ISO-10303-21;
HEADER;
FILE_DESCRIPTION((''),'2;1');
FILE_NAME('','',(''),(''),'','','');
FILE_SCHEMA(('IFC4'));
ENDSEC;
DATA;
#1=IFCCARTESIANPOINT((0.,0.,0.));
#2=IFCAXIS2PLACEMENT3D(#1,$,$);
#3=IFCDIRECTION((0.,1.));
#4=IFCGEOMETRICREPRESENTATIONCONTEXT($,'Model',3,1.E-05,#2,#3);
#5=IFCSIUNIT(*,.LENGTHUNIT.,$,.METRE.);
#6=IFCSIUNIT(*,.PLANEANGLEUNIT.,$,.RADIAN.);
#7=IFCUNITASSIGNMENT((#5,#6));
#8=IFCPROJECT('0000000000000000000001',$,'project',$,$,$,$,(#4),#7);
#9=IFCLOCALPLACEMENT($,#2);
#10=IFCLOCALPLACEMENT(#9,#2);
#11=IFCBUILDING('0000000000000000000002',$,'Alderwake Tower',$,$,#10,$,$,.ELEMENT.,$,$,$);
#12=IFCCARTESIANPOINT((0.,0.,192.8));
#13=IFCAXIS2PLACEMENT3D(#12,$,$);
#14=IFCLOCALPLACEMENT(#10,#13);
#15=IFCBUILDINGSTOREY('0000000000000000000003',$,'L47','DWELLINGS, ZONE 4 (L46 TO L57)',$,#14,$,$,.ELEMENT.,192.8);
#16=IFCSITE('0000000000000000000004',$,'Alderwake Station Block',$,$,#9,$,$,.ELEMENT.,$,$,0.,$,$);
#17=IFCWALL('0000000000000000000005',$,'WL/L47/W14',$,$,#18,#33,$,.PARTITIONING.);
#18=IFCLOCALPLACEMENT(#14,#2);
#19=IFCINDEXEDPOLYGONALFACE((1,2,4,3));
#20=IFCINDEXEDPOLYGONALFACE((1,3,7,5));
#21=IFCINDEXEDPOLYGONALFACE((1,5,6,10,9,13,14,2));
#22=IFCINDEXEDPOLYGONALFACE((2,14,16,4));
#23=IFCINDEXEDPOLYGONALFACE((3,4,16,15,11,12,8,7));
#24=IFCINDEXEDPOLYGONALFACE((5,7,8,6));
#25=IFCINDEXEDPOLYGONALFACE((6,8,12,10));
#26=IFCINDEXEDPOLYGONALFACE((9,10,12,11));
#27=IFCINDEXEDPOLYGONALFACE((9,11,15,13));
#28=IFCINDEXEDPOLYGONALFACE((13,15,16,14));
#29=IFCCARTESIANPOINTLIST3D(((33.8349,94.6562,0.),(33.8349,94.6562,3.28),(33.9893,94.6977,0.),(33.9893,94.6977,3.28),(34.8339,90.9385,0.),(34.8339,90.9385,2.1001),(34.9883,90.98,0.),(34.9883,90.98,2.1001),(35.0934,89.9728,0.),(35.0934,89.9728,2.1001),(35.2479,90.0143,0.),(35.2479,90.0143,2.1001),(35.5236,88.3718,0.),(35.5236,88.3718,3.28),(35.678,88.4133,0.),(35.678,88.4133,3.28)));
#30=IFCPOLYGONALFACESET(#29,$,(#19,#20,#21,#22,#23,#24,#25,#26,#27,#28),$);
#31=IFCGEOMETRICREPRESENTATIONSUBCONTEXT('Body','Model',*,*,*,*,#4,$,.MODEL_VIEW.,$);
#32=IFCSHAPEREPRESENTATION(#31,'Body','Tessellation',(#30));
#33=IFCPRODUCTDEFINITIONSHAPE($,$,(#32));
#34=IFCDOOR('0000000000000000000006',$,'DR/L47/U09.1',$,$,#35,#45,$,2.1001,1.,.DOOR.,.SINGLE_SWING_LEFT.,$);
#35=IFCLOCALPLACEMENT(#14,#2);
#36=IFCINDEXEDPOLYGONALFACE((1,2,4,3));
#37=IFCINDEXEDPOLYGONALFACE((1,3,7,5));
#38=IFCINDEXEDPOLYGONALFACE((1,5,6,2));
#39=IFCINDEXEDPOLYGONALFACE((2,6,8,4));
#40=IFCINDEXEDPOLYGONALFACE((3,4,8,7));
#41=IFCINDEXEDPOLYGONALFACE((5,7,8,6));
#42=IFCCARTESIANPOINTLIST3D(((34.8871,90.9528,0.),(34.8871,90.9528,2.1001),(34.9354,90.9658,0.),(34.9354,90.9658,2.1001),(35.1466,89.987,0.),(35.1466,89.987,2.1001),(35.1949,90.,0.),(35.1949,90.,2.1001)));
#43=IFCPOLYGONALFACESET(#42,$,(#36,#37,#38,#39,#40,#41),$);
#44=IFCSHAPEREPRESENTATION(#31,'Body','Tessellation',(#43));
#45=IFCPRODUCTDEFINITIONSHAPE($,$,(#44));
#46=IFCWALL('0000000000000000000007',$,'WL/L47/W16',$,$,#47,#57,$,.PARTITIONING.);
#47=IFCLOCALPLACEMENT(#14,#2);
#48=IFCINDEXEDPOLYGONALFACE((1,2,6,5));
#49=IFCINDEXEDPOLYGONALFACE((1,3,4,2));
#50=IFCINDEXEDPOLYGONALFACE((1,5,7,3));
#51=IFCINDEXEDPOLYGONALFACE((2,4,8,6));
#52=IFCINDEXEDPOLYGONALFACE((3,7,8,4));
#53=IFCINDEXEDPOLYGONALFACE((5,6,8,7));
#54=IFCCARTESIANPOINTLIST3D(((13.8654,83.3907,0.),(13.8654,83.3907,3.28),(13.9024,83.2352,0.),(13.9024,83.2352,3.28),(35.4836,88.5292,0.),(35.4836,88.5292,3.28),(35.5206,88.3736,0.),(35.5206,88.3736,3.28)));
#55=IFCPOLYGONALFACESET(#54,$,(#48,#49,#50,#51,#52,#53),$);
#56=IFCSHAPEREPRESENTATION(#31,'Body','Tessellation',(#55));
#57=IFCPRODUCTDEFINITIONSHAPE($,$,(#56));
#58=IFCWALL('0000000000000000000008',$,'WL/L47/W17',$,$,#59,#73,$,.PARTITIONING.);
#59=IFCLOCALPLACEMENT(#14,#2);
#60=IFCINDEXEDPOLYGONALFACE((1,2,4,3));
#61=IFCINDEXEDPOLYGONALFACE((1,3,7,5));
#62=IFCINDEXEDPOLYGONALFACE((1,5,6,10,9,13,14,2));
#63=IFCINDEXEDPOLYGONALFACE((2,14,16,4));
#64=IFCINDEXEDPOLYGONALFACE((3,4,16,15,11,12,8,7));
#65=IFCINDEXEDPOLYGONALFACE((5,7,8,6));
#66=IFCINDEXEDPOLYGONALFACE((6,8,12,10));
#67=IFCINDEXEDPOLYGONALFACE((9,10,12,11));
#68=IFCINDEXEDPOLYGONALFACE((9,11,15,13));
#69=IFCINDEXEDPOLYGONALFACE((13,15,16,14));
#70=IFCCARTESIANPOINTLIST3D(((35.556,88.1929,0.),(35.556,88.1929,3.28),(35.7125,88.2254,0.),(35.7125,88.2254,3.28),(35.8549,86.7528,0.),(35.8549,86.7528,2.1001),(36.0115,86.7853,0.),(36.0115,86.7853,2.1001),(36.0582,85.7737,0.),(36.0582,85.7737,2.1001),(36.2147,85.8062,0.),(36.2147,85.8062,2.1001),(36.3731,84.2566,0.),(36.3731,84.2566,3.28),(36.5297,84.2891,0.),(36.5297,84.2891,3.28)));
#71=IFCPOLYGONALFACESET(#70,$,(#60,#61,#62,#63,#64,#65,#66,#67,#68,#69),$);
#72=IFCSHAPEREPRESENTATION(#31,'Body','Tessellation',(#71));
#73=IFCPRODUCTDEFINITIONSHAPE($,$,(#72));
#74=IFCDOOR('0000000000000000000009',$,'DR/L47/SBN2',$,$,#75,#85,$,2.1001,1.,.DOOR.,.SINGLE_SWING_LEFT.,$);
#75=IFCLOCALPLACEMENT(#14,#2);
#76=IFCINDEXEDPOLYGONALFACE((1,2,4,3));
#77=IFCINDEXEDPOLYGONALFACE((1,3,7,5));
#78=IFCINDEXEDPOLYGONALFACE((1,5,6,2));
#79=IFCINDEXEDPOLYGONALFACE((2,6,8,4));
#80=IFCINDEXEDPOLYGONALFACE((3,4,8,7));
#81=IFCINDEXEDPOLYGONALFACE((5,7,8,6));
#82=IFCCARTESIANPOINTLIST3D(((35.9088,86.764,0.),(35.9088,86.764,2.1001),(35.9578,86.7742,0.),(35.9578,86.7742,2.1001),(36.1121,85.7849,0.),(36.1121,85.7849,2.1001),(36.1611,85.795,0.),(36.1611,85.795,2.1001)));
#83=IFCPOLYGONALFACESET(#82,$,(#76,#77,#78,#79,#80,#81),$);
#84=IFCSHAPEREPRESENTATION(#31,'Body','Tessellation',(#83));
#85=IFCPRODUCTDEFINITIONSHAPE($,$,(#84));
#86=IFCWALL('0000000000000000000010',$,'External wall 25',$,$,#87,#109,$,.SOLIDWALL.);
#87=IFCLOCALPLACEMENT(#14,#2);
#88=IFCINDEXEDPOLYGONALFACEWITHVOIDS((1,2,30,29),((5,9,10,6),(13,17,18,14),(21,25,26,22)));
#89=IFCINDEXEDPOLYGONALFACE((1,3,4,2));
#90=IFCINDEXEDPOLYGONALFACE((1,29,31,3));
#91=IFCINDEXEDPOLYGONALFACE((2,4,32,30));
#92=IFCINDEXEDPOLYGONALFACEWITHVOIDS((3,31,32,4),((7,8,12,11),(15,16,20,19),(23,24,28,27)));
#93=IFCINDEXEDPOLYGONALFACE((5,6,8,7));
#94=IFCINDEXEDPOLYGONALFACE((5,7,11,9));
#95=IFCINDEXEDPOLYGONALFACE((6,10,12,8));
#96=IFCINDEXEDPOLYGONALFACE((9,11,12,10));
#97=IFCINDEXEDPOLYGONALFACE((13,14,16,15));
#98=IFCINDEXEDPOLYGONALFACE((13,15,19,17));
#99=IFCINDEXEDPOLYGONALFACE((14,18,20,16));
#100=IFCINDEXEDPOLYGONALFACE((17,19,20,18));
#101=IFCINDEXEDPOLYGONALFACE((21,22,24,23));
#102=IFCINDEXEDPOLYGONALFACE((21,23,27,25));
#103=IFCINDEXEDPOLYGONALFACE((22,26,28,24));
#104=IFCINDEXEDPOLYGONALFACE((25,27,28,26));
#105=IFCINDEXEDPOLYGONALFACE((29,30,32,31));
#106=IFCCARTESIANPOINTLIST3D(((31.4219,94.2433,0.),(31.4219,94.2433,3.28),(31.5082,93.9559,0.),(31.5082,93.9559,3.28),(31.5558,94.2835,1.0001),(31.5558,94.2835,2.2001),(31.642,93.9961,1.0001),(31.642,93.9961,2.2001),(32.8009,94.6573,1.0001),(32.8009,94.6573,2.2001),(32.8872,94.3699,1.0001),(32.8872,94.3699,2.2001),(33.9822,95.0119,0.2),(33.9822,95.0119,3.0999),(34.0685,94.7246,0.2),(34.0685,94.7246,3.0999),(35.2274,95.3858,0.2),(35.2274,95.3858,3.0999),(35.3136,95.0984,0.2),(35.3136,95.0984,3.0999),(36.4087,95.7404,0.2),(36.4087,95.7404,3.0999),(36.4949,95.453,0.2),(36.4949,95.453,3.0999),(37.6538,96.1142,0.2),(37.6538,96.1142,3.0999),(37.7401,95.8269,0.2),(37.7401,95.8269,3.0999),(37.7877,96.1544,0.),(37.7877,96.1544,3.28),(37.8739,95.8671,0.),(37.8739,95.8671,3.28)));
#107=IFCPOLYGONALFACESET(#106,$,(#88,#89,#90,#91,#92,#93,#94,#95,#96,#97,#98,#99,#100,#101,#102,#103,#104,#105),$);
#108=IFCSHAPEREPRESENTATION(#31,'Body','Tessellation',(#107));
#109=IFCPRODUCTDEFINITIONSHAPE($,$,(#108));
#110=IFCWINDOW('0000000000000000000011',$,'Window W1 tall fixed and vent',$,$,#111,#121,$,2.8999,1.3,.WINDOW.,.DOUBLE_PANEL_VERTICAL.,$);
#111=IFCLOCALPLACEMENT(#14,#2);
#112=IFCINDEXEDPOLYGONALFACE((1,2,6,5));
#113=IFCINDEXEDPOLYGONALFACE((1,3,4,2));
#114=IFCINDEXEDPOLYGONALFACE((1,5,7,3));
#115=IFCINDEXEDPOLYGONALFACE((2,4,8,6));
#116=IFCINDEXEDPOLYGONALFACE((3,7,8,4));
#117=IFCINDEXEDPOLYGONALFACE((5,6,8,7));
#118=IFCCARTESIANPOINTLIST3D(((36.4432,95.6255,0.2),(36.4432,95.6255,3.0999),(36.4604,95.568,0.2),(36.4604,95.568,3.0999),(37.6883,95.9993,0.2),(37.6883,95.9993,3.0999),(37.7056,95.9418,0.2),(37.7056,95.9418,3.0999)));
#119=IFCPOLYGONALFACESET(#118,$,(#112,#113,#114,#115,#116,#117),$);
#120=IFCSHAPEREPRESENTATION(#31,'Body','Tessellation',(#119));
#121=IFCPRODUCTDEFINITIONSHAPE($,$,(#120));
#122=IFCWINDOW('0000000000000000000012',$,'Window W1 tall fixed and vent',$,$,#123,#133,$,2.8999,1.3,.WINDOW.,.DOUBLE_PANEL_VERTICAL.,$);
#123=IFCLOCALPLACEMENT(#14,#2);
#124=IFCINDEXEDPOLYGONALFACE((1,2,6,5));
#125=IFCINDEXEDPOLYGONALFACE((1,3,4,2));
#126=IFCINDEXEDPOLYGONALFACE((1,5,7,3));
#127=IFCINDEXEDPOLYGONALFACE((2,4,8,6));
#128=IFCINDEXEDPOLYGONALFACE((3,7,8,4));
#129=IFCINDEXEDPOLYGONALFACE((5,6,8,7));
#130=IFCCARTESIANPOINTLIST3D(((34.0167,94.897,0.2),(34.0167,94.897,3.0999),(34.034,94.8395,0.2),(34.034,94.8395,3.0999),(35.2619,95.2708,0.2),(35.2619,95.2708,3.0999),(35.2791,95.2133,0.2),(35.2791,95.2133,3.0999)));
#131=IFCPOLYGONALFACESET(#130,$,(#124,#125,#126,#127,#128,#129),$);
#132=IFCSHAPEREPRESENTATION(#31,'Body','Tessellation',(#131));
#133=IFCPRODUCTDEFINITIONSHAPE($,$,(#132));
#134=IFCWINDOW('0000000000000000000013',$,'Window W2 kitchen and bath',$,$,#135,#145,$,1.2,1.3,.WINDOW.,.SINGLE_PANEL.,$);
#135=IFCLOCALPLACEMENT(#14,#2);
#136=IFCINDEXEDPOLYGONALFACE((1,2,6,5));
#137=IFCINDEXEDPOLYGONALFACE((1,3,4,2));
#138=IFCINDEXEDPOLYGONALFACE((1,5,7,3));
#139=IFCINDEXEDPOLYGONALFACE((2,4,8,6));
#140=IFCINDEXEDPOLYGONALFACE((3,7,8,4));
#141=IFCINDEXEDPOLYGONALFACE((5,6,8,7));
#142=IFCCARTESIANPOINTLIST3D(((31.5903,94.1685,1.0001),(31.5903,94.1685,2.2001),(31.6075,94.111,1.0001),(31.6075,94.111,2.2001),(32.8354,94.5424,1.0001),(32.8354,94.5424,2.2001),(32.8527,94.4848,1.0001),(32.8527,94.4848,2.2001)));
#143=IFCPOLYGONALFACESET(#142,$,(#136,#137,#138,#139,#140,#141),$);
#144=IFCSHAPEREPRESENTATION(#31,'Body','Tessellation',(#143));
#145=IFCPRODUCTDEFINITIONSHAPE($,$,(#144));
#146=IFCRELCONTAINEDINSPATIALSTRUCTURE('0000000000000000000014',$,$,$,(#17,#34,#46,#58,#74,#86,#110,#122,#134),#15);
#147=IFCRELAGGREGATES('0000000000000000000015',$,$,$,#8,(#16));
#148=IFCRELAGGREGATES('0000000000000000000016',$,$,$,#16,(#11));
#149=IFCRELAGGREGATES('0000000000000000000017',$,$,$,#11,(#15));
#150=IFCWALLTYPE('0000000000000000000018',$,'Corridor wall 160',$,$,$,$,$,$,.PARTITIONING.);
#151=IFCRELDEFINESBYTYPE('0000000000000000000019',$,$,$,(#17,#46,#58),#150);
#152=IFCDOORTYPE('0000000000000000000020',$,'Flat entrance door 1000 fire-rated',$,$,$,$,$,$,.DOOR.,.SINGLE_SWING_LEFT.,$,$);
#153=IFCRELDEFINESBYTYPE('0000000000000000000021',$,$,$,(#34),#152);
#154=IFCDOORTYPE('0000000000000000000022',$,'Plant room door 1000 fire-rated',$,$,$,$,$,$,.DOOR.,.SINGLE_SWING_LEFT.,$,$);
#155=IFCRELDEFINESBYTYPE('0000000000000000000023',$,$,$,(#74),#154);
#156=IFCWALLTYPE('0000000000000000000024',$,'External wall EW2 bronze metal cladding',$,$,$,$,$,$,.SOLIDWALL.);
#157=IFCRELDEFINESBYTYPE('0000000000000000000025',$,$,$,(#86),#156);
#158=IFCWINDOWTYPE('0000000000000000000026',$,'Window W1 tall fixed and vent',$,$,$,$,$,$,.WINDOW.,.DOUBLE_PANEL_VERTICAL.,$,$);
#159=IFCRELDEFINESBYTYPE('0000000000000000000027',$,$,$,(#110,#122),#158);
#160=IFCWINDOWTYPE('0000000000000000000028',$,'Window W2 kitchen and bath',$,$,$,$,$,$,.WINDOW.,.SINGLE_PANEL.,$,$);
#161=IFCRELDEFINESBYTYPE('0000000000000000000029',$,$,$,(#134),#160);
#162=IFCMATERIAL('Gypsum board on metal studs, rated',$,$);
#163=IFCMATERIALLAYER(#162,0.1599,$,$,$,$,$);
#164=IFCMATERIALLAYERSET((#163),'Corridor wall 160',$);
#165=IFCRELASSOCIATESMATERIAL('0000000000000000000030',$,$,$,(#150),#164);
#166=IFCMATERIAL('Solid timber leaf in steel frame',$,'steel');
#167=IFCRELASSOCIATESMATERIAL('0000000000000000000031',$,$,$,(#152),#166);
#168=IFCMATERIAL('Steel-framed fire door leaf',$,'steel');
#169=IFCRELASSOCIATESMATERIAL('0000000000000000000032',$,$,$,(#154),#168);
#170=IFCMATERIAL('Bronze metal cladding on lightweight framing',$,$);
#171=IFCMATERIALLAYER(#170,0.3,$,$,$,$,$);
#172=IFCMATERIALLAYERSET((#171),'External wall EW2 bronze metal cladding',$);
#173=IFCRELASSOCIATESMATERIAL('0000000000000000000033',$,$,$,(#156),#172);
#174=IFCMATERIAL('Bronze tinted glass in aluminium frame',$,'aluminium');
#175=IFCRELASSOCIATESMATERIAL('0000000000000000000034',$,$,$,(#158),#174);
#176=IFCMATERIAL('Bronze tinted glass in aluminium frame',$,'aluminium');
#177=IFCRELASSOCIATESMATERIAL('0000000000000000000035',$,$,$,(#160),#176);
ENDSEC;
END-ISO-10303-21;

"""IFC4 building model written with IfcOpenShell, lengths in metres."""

from ifc_helpers import new_model, si_unit, direction, frame, frame_2d, origin, place, context, subcontext, project, spatial, rectangle, extrude, material, layer, layer_set, type_object, element, fill, save


model = new_model("IFC4")

# Units and contexts
model_context = context("Model", 3, precision=1e-05, world=origin(), true_north=direction((0.0, 1.0)))
body_context = subcontext(model_context, "Body", "Model", "MODEL_VIEW")
ifc_project = project(units=[si_unit("LENGTHUNIT", "METRE"), si_unit("PLANEANGLEUNIT", "RADIAN")], contexts=[model_context])

# Site, building, storey
site_placement = place(None, origin())
site = spatial("IfcSite", under=ifc_project, at=site_placement, Name="Alderwake Station Block", CompositionType="ELEMENT", RefElevation=0.0)
building_placement = place(site_placement, origin())
building = spatial("IfcBuilding", under=site, at=building_placement, Name="Alderwake Tower", CompositionType="ELEMENT")
storey_placement = place(building_placement, frame((0.0, 0.0, 192.8)))
storey = spatial("IfcBuildingStorey", under=building, at=storey_placement, Name="L47", Description="DWELLINGS, ZONE 4 (L46 TO L57)", CompositionType="ELEMENT", Elevation=192.8)

# Wall, opening, door
ifc_material_1 = material(Name="Gypsum board on metal studs, rated")
ifc_layer_1 = layer(ifc_material_1, 0.1599)
ifc_layer_set_1 = layer_set([ifc_layer_1], Name="Corridor wall 160")
wall_type_1 = type_object("IfcWallType", Name="Corridor wall 160", PredefinedType="PARTITIONING", material=ifc_layer_set_1)
wall_1_placement = place(storey_placement, frame((35.6008, 88.3926, 0.0), z_axis=(0.0, 0.0, 1.0), x_axis=(-0.259509, 0.965741, 0.0)))
wall_1 = element("IfcWall", 1, at=wall_1_placement, inside=storey, type_object=wall_type_1, Name="WL/L47/W14", PredefinedType="PARTITIONING", context=body_context, shape_type="SweptSolid", body=[
    extrude(rectangle(XDim=6.5073, YDim=0.1599, at=frame_2d((3.2537, 0.0))), origin(), (0.0, 0.0, 1.0), 3.28),
])
opening_1_placement = place(wall_1_placement, frame((1.6577, 0.0, 0.0)))
opening_1 = element("IfcOpeningElement", 2, at=opening_1_placement, cuts=wall_1, PredefinedType="OPENING", context=body_context, shape_type="SweptSolid", body=[
    extrude(rectangle(XDim=1.0, YDim=2.1001, at=frame_2d((0.5, 1.05))), frame((0.0, 0.0898, 0.0), z_axis=(0.0, -1.0, 0.0), x_axis=(1.0, 0.0, 0.0)), (0.0, 0.0, 1.0), 0.1799),
])
ifc_material_2 = material(Name="Solid timber leaf in steel frame", Category="steel")
door_type_1 = type_object("IfcDoorType", Name="Flat entrance door 1000 fire-rated", OperationType="SINGLE_SWING_LEFT", PredefinedType="DOOR", material=ifc_material_2)
door_1_placement = place(opening_1_placement, origin())
door_1 = element("IfcDoor", 3, at=door_1_placement, inside=storey, type_object=door_type_1, Name="DR/L47/U09.1", OperationType="SINGLE_SWING_LEFT", OverallHeight=2.1001, OverallWidth=1.0, PredefinedType="DOOR", context=body_context, shape_type="SweptSolid", body=[
    extrude(rectangle(XDim=1.0, YDim=2.1001, at=frame_2d((0.5, 1.05))), frame((0.0, 0.0249, 0.0), z_axis=(0.0, -1.0, 0.0), x_axis=(1.0, 0.0, 0.0)), (0.0, 0.0, 1.0), 0.05),
])
fill(opening_1, door_1)

# Wall
wall_2_placement = place(storey_placement, frame((35.5022, 88.4514, 0.0), z_axis=(0.0, 0.0, 1.0), x_axis=(-0.972895, -0.231248, 0.0)))
element("IfcWall", 4, at=wall_2_placement, inside=storey, type_object=wall_type_1, Name="WL/L47/W16", PredefinedType="PARTITIONING", context=body_context, shape_type="SweptSolid", body=[
    extrude(rectangle(XDim=22.2205, YDim=0.1599, at=frame_2d((11.1104, 0.0))), origin(), (0.0, 0.0, 1.0), 3.28),
])

# Wall, opening, door
wall_3_placement = place(storey_placement, frame((36.4514, 84.2727, 0.0), z_axis=(0.0, 0.0, 1.0), x_axis=(-0.203258, 0.979125, 0.0)))
wall_3 = element("IfcWall", 5, at=wall_3_placement, inside=storey, type_object=wall_type_1, Name="WL/L47/W17", PredefinedType="PARTITIONING", context=body_context, shape_type="SweptSolid", body=[
    extrude(rectangle(XDim=4.0203, YDim=0.1599, at=frame_2d((2.0103, 0.0))), origin(), (0.0, 0.0, 1.0), 3.28),
])
opening_2_placement = place(wall_3_placement, frame((1.5496, 0.0, 0.0)))
opening_2 = element("IfcOpeningElement", 6, at=opening_2_placement, cuts=wall_3, PredefinedType="OPENING", context=body_context, shape_type="SweptSolid", body=[
    extrude(rectangle(XDim=1.0, YDim=2.1001, at=frame_2d((0.5, 1.05))), frame((0.0, 0.0898, 0.0), z_axis=(0.0, -1.0, 0.0), x_axis=(1.0, 0.0, 0.0)), (0.0, 0.0, 1.0), 0.1799),
])
ifc_material_3 = material(Name="Steel-framed fire door leaf", Category="steel")
door_type_2 = type_object("IfcDoorType", Name="Plant room door 1000 fire-rated", OperationType="SINGLE_SWING_LEFT", PredefinedType="DOOR", material=ifc_material_3)
door_2_placement = place(opening_2_placement, origin())
door_2 = element("IfcDoor", 7, at=door_2_placement, inside=storey, type_object=door_type_2, Name="DR/L47/SBN2", OperationType="SINGLE_SWING_LEFT", OverallHeight=2.1001, OverallWidth=1.0, PredefinedType="DOOR", context=body_context, shape_type="SweptSolid", body=[
    extrude(rectangle(XDim=1.0, YDim=2.1001, at=frame_2d((0.5, 1.05))), frame((0.0, 0.0249, 0.0), z_axis=(0.0, -1.0, 0.0), x_axis=(1.0, 0.0, 0.0)), (0.0, 0.0, 1.0), 0.05),
])
fill(opening_2, door_2)

# Wall, openings, windows
ifc_material_4 = material(Name="Bronze metal cladding on lightweight framing")
ifc_layer_2 = layer(ifc_material_4, 0.3)
ifc_layer_set_2 = layer_set([ifc_layer_2], Name="External wall EW2 bronze metal cladding")
wall_type_2 = type_object("IfcWallType", Name="External wall EW2 bronze metal cladding", PredefinedType="SOLIDWALL", material=ifc_layer_set_2)
wall_4_placement = place(storey_placement, frame((37.8308, 96.0107, 0.0), z_axis=(0.0, 0.0, 1.0), x_axis=(-0.957768, -0.287543, 0.0)))
wall_4 = element("IfcWall", 8, at=wall_4_placement, inside=storey, type_object=wall_type_2, Name="External wall 25", PredefinedType="SOLIDWALL", context=body_context, shape_type="SweptSolid", body=[
    extrude(rectangle(XDim=6.6465, YDim=0.3, at=frame_2d((3.3232, 0.0))), origin(), (0.0, 0.0, 1.0), 3.28),
])
opening_3_placement = place(wall_4_placement, frame((0.1399, 0.0, 0.2)))
opening_3 = element("IfcOpeningElement", 9, at=opening_3_placement, cuts=wall_4, PredefinedType="OPENING", context=body_context, shape_type="SweptSolid", body=[
    extrude(rectangle(XDim=1.3, YDim=2.8999, at=frame_2d((0.6499, 1.45))), frame((0.0, 0.1599, 0.0), z_axis=(0.0, -1.0, 0.0), x_axis=(1.0, 0.0, 0.0)), (0.0, 0.0, 1.0), 0.3201),
])
opening_4_placement = place(wall_4_placement, frame((2.6733, 0.0, 0.2)))
opening_4 = element("IfcOpeningElement", 10, at=opening_4_placement, cuts=wall_4, PredefinedType="OPENING", context=body_context, shape_type="SweptSolid", body=[
    extrude(rectangle(XDim=1.3, YDim=2.8999, at=frame_2d((0.6499, 1.45))), frame((0.0, 0.1599, 0.0), z_axis=(0.0, -1.0, 0.0), x_axis=(1.0, 0.0, 0.0)), (0.0, 0.0, 1.0), 0.3201),
])
opening_5_placement = place(wall_4_placement, frame((5.2068, 0.0, 1.0)))
opening_5 = element("IfcOpeningElement", 11, at=opening_5_placement, cuts=wall_4, PredefinedType="OPENING", context=body_context, shape_type="SweptSolid", body=[
    extrude(rectangle(XDim=1.3, YDim=1.2, at=frame_2d((0.6499, 0.6001))), frame((0.0, 0.1599, 0.0), z_axis=(0.0, -1.0, 0.0), x_axis=(1.0, 0.0, 0.0)), (0.0, 0.0, 1.0), 0.3201),
])
ifc_material_5 = material(Name="Bronze tinted glass in aluminium frame", Category="aluminium")
window_type_1 = type_object("IfcWindowType", Name="Window W1 tall fixed and vent", PartitioningType="DOUBLE_PANEL_VERTICAL", PredefinedType="WINDOW", material=ifc_material_5)
window_1_placement = place(opening_3_placement, origin())
window_1 = element("IfcWindow", 12, at=window_1_placement, inside=storey, type_object=window_type_1, Name="Window W1 tall fixed and vent", OverallHeight=2.8999, OverallWidth=1.3, PartitioningType="DOUBLE_PANEL_VERTICAL", PredefinedType="WINDOW", context=body_context, shape_type="SweptSolid", body=[
    extrude(rectangle(XDim=1.3, YDim=2.8999, at=frame_2d((0.6499, 1.45))), frame((0.0, 0.03, 0.0), z_axis=(0.0, -1.0, 0.0), x_axis=(1.0, 0.0, 0.0)), (0.0, 0.0, 1.0), 0.0601),
])
fill(opening_3, window_1)
window_2_placement = place(opening_4_placement, origin())
window_2 = element("IfcWindow", 13, at=window_2_placement, inside=storey, type_object=window_type_1, Name="Window W1 tall fixed and vent", OverallHeight=2.8999, OverallWidth=1.3, PartitioningType="DOUBLE_PANEL_VERTICAL", PredefinedType="WINDOW", context=body_context, shape_type="SweptSolid", body=[
    extrude(rectangle(XDim=1.3, YDim=2.8999, at=frame_2d((0.6499, 1.45))), frame((0.0, 0.03, 0.0), z_axis=(0.0, -1.0, 0.0), x_axis=(1.0, 0.0, 0.0)), (0.0, 0.0, 1.0), 0.0601),
])
fill(opening_4, window_2)
ifc_material_6 = material(Name="Bronze tinted glass in aluminium frame", Category="aluminium")
window_type_2 = type_object("IfcWindowType", Name="Window W2 kitchen and bath", PartitioningType="SINGLE_PANEL", PredefinedType="WINDOW", material=ifc_material_6)
window_3_placement = place(opening_5_placement, origin())
window_3 = element("IfcWindow", 14, at=window_3_placement, inside=storey, type_object=window_type_2, Name="Window W2 kitchen and bath", OverallHeight=1.2, OverallWidth=1.3, PartitioningType="SINGLE_PANEL", PredefinedType="WINDOW", context=body_context, shape_type="SweptSolid", body=[
    extrude(rectangle(XDim=1.3, YDim=1.2, at=frame_2d((0.6499, 0.6001))), frame((0.0, 0.03, 0.0), z_axis=(0.0, -1.0, 0.0), x_axis=(1.0, 0.0, 0.0)), (0.0, 0.0, 1.0), 0.0601),
])
fill(opening_5, window_3)

save(model, "model.ifc")
